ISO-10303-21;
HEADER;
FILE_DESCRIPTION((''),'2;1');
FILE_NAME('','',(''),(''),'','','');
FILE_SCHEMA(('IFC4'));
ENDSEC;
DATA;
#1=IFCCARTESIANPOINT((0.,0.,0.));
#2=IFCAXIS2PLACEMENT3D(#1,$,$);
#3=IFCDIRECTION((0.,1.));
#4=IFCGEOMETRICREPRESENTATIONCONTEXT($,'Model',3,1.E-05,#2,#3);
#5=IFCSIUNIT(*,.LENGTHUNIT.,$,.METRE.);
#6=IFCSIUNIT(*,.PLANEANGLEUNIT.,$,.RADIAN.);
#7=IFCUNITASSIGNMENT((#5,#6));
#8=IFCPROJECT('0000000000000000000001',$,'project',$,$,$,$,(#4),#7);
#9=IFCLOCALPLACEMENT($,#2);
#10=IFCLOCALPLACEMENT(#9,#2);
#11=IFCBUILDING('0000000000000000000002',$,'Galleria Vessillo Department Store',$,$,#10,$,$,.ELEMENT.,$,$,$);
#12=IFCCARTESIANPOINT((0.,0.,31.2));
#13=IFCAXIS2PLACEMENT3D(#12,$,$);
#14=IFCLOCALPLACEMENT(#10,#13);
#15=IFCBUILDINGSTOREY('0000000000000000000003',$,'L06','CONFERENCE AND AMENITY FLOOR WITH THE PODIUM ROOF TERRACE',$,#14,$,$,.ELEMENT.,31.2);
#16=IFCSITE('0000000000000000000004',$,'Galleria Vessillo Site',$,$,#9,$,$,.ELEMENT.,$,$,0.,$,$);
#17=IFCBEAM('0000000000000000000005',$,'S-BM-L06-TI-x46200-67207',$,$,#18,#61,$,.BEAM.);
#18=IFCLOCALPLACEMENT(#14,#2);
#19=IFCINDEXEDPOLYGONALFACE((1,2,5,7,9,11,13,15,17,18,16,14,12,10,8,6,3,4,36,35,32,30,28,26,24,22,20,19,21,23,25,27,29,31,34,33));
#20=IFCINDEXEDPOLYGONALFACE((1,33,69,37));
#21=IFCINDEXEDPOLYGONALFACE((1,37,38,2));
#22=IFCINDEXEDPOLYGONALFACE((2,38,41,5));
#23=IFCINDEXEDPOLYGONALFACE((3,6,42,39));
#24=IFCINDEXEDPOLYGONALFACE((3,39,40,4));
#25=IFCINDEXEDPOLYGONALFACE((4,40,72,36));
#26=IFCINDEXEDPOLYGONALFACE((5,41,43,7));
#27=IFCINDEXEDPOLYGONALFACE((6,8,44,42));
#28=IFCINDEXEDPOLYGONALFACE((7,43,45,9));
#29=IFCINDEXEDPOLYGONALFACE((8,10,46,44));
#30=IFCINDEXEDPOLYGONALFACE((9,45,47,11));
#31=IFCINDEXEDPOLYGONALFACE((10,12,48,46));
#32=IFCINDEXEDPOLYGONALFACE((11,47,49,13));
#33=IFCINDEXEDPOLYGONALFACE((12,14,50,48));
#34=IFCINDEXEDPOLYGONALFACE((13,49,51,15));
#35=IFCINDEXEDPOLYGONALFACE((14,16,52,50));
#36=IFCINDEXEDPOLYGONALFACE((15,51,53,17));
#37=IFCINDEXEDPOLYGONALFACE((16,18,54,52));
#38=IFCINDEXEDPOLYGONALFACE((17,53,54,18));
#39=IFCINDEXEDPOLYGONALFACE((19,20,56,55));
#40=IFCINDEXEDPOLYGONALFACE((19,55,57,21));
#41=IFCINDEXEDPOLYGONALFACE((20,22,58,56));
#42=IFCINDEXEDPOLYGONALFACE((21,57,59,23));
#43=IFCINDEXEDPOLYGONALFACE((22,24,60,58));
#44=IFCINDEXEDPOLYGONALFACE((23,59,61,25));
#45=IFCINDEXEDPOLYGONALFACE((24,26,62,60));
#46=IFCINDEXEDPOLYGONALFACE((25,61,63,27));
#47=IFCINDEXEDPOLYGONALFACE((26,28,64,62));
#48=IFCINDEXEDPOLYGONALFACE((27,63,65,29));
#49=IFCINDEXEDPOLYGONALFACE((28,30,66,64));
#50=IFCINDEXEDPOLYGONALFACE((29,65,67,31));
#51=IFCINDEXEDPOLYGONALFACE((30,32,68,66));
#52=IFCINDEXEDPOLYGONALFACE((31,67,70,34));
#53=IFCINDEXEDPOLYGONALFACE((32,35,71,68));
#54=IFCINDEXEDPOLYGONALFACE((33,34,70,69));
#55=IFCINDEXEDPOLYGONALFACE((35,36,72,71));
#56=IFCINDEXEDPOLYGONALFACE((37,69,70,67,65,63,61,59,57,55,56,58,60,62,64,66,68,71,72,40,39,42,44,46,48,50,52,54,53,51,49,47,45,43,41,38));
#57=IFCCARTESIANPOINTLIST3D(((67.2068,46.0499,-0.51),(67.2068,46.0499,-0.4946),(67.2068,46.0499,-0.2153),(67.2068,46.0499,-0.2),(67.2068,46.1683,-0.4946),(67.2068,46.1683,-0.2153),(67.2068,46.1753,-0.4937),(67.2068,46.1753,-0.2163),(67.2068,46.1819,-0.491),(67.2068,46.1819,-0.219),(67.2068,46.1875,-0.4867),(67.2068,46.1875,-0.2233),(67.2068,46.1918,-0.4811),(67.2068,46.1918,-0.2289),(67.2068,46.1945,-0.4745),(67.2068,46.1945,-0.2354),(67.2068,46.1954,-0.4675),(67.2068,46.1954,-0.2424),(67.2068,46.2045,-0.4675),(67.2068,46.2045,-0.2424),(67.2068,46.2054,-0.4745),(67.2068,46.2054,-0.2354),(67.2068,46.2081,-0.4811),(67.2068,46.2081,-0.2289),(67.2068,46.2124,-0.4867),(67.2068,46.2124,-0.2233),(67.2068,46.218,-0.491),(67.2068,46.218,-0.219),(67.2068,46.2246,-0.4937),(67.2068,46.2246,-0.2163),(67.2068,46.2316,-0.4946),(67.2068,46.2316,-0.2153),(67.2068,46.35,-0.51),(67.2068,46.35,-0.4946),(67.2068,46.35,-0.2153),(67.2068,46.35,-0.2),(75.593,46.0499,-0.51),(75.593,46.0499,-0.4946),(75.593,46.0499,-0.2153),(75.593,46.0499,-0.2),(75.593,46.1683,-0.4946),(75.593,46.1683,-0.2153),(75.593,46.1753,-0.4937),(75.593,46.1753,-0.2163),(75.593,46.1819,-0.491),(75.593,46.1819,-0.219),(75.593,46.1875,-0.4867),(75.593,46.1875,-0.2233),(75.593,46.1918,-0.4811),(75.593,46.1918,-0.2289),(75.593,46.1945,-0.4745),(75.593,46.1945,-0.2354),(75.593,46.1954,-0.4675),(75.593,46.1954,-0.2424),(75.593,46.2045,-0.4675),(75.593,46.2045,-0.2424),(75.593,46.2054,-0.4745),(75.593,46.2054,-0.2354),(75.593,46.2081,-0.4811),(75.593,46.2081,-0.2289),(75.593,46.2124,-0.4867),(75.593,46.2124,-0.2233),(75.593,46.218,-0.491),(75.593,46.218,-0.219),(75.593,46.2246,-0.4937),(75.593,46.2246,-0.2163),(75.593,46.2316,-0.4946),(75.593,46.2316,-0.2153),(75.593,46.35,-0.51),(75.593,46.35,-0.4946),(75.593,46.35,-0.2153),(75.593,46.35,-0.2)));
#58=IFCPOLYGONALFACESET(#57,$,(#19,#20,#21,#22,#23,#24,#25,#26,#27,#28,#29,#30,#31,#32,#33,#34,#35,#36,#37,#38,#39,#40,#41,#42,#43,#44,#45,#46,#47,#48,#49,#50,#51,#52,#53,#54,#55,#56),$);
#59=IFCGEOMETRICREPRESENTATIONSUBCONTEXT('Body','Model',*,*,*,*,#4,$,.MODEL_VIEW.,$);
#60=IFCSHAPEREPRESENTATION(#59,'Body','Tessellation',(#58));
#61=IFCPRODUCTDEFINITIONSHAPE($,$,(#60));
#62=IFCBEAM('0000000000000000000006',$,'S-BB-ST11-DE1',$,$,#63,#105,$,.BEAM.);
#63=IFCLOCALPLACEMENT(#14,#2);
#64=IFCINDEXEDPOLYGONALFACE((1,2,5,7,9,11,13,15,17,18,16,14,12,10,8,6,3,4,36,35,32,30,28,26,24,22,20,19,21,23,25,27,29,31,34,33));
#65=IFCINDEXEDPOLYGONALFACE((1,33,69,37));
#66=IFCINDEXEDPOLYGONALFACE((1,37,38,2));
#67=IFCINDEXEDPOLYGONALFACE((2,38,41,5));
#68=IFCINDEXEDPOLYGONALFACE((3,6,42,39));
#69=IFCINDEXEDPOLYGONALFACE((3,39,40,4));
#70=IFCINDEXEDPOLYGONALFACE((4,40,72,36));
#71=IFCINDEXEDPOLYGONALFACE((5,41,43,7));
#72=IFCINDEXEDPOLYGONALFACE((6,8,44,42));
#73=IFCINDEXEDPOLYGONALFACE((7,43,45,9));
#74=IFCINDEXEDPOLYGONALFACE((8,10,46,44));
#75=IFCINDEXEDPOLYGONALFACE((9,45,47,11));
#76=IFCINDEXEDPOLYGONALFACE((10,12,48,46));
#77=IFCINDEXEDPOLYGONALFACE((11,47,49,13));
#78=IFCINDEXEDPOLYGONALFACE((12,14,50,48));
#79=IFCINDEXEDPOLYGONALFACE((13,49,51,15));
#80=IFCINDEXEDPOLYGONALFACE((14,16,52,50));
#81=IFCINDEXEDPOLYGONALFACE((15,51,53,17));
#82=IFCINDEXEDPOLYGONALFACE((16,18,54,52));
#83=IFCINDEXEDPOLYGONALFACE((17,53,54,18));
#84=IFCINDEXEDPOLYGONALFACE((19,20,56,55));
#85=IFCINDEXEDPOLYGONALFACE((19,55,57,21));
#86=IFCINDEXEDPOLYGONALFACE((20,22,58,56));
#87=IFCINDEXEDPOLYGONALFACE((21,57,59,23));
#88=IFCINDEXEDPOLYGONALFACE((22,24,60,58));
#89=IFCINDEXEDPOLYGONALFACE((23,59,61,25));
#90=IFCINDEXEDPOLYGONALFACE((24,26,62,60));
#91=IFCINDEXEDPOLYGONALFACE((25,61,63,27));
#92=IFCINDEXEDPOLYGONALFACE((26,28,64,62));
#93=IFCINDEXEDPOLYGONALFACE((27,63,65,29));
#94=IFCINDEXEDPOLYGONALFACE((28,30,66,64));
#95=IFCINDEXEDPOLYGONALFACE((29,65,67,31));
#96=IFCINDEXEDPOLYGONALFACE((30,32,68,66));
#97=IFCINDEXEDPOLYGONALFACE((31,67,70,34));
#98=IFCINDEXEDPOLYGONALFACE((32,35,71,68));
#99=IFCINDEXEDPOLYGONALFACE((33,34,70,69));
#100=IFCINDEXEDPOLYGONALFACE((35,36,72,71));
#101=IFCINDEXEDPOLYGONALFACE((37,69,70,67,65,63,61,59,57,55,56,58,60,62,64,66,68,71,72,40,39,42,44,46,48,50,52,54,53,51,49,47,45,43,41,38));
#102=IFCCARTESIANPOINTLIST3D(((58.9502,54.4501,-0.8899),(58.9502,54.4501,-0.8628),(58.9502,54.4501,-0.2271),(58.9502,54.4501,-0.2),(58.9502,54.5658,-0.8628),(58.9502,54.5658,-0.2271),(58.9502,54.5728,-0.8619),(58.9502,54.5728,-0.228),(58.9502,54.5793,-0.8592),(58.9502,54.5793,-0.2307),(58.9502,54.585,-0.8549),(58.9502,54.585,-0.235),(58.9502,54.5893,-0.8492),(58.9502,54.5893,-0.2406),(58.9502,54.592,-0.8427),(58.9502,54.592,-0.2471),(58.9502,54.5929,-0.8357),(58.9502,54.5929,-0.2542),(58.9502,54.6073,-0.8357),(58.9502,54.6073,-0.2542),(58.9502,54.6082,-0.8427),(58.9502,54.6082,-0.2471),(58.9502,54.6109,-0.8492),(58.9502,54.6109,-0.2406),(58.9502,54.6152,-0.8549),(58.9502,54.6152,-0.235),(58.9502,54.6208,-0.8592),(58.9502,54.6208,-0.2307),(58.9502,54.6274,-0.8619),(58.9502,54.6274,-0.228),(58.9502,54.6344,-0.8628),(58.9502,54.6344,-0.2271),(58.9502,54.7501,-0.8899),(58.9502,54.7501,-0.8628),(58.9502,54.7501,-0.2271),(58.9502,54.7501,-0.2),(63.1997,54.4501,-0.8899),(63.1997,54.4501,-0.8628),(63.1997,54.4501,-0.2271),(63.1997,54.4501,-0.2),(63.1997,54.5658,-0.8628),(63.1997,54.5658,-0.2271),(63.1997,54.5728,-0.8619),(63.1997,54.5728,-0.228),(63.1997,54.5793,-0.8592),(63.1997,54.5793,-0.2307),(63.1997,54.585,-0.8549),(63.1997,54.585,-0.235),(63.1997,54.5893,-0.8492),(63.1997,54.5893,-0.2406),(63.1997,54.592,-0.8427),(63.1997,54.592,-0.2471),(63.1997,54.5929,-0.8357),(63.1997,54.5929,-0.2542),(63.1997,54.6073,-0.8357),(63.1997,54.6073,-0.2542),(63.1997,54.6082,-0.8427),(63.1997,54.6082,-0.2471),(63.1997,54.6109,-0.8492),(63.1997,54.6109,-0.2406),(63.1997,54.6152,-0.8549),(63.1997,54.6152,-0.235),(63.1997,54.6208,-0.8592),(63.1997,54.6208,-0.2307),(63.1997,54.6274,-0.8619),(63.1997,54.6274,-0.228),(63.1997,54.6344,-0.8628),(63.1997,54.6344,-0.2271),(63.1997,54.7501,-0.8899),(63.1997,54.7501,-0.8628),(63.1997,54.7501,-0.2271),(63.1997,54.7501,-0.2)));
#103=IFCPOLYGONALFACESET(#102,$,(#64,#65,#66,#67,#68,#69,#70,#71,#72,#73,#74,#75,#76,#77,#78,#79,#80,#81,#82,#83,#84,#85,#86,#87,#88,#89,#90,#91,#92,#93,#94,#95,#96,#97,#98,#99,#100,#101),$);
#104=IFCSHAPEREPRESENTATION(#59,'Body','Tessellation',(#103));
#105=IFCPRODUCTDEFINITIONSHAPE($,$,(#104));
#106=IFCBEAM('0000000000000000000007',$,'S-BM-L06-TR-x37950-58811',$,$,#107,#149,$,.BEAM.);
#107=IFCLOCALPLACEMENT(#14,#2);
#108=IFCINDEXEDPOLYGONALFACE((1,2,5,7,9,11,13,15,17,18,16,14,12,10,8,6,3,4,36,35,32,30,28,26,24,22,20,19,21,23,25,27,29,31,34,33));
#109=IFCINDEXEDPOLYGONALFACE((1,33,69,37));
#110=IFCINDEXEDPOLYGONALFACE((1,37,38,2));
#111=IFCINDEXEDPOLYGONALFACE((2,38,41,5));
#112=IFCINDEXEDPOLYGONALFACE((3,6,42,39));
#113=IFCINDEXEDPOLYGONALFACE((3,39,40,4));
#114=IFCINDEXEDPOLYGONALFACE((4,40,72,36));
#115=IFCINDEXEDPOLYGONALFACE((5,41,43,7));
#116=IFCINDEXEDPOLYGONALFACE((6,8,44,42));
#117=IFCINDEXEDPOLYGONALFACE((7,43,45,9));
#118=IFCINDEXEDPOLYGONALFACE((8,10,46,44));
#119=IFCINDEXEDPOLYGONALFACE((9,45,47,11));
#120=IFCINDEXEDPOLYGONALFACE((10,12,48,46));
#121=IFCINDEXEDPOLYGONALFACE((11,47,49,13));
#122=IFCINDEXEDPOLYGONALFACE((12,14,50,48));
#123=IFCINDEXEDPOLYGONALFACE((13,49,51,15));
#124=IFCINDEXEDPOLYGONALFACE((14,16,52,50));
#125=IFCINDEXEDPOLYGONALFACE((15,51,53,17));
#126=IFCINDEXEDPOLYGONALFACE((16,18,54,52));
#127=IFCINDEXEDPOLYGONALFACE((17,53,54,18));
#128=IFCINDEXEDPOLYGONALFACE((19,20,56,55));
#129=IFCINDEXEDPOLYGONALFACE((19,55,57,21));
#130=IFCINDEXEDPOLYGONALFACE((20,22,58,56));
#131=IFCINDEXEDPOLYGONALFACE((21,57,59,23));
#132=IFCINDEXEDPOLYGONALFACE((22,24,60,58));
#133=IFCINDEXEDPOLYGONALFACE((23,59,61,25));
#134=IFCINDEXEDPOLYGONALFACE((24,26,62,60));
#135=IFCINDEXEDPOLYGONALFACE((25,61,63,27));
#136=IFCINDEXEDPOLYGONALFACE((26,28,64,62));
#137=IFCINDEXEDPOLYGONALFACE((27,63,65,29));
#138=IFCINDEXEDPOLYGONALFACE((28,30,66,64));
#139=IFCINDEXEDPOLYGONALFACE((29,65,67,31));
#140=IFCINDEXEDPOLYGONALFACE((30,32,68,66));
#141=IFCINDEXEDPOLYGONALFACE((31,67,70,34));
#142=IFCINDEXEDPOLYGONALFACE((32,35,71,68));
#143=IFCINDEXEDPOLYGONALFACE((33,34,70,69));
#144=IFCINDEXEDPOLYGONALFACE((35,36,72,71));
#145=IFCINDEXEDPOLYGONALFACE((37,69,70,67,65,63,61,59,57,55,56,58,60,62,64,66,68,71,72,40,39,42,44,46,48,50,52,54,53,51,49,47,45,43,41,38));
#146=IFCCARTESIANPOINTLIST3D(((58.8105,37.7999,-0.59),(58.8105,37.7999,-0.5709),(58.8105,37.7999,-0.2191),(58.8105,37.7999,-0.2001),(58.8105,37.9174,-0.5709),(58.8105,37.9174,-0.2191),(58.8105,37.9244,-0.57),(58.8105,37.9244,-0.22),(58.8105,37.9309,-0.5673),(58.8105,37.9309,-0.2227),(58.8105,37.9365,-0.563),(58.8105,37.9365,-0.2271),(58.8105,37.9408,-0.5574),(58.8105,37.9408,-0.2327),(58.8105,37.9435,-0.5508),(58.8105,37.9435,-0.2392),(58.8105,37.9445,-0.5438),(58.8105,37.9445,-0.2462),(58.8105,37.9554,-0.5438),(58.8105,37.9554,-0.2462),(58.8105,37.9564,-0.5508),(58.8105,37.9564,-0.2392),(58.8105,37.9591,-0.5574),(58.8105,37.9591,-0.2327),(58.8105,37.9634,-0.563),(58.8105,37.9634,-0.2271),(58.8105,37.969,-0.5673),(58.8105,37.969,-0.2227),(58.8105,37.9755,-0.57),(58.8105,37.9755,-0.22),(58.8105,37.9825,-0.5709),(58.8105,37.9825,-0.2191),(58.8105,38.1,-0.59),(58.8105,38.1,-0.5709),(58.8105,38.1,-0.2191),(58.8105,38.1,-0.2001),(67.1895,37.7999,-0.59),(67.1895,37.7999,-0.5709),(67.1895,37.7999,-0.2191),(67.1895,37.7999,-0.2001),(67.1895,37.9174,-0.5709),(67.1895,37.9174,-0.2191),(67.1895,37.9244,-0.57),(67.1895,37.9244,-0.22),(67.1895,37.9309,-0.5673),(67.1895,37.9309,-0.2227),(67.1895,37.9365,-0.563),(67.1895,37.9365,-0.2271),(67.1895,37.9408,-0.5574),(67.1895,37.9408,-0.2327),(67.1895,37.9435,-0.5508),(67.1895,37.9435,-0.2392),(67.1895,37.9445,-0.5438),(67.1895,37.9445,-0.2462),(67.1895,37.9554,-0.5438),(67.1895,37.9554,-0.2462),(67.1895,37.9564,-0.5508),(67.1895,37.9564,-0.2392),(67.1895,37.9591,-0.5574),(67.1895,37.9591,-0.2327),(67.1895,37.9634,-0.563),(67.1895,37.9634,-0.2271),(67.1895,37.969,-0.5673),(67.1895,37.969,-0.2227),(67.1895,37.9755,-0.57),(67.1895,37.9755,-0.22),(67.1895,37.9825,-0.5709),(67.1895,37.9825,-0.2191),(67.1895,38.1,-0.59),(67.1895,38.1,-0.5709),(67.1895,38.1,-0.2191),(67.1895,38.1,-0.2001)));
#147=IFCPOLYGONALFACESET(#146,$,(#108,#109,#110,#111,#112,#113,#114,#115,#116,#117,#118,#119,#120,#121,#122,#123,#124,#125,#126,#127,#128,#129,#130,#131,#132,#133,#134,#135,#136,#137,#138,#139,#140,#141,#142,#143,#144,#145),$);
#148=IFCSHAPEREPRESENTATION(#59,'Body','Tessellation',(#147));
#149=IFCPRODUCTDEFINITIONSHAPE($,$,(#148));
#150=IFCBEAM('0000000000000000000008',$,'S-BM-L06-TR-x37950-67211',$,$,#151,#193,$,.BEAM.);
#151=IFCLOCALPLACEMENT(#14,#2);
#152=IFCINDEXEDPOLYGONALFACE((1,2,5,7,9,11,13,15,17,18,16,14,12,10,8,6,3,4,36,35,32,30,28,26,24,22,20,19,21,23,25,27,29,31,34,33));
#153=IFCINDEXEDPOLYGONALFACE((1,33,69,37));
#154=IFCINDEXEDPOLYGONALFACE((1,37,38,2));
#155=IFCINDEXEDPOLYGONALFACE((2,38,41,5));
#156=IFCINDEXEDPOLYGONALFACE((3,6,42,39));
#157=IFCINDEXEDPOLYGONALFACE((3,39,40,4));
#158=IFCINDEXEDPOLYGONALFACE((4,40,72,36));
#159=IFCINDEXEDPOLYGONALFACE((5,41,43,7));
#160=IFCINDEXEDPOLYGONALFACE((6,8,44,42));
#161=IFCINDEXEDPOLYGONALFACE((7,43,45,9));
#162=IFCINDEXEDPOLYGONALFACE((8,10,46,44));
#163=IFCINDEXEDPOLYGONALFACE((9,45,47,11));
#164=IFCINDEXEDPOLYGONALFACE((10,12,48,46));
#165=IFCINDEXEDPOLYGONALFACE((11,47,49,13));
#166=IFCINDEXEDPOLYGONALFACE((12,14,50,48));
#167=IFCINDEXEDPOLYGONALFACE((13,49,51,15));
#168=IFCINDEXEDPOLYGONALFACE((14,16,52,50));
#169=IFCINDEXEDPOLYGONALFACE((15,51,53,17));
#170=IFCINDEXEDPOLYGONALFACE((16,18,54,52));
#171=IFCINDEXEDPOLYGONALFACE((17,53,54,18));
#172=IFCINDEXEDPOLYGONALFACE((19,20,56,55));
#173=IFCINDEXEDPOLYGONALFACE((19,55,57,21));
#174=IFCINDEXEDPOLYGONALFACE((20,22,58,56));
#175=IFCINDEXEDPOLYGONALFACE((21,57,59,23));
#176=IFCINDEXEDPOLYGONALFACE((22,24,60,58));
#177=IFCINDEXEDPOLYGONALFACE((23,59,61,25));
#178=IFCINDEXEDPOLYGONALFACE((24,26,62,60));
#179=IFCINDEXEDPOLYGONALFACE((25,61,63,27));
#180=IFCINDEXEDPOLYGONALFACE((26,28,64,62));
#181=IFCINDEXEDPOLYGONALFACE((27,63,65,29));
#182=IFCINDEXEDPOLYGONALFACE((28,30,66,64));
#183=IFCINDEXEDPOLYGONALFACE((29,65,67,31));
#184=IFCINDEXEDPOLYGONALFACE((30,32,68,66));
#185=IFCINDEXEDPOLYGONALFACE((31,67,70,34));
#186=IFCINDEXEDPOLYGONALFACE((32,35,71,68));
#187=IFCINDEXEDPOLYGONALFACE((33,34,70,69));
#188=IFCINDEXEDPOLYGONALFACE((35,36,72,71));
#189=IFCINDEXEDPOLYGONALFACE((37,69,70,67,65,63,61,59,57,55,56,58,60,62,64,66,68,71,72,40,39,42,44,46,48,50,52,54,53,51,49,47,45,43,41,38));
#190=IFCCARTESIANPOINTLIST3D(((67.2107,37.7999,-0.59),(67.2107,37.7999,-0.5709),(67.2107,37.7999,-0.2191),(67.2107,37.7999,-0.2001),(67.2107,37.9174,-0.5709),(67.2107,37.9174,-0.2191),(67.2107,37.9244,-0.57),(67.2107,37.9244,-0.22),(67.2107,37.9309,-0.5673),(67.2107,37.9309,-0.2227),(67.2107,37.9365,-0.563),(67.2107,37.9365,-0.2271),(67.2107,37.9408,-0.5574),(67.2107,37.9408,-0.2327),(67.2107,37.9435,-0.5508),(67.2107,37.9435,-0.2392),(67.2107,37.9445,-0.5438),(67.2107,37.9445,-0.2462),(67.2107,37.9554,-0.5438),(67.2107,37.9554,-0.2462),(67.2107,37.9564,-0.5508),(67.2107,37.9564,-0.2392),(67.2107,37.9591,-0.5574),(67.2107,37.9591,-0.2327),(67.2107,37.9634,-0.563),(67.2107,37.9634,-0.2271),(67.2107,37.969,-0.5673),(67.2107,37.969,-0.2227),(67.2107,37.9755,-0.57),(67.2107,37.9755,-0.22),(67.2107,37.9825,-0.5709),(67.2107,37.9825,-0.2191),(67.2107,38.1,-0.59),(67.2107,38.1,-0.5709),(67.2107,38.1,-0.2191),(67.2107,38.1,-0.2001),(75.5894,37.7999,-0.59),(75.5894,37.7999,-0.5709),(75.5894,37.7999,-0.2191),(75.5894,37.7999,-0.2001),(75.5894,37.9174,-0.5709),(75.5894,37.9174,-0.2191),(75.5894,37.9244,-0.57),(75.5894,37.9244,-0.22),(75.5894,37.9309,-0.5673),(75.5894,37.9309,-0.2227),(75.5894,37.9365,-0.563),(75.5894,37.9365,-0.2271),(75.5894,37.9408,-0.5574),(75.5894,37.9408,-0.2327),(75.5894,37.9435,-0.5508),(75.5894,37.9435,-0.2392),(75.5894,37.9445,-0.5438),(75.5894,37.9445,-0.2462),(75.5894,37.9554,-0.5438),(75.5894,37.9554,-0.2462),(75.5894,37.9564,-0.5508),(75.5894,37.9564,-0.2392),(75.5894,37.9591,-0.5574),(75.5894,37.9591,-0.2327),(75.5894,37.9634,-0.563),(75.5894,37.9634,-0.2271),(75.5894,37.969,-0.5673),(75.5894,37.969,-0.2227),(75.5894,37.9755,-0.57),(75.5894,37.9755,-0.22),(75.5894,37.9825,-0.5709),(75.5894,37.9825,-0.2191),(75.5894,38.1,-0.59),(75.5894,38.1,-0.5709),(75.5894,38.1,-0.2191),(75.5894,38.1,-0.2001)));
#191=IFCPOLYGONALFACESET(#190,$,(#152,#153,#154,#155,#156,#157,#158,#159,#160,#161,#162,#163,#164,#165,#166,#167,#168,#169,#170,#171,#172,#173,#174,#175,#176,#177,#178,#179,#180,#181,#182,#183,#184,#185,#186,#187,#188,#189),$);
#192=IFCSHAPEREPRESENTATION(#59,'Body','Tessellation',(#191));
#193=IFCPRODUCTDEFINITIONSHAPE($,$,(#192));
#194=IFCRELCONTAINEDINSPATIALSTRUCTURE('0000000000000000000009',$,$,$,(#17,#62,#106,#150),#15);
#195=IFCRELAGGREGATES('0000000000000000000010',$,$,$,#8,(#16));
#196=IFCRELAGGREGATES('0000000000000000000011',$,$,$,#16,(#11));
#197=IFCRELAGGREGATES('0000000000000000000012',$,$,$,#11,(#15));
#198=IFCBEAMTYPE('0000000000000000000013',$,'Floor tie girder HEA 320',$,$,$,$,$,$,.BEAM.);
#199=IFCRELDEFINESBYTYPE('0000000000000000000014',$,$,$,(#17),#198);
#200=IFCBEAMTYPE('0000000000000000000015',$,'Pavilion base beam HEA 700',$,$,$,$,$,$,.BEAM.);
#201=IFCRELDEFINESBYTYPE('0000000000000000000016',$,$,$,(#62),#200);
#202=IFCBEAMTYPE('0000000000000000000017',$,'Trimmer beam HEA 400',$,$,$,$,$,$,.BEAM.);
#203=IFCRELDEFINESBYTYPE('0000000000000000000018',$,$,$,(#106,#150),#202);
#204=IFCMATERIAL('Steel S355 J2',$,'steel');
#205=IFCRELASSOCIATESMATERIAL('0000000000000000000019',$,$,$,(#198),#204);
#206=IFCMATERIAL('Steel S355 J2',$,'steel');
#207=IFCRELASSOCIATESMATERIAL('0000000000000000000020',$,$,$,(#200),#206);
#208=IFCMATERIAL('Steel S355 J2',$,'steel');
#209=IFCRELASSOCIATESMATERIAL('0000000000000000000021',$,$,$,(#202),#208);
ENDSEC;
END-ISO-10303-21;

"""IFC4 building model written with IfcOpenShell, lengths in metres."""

from ifc_helpers import new_model, si_unit, direction, frame, origin, origin_2d, place, context, subcontext, project, spatial, i_section, extrude, material, material_profile, profile_set, type_object, element, save


model = new_model("IFC4")

# Units and contexts
model_context = context("Model", 3, precision=1e-05, world=origin(), true_north=direction((0.0, 1.0)))
body_context = subcontext(model_context, "Body", "Model", "MODEL_VIEW")
ifc_project = project(units=[si_unit("LENGTHUNIT", "METRE"), si_unit("PLANEANGLEUNIT", "RADIAN")], contexts=[model_context])

# Site, building, storey
site_placement = place(None, origin())
site = spatial("IfcSite", under=ifc_project, at=site_placement, Name="Galleria Vessillo Site", CompositionType="ELEMENT", RefElevation=0.0)
building_placement = place(site_placement, origin())
building = spatial("IfcBuilding", under=site, at=building_placement, Name="Galleria Vessillo Department Store", CompositionType="ELEMENT")
storey_placement = place(building_placement, frame((0.0, 0.0, 31.2)))
storey = spatial("IfcBuildingStorey", under=building, at=storey_placement, Name="L06", Description="CONFERENCE AND AMENITY FLOOR WITH THE PODIUM ROOF TERRACE", CompositionType="ELEMENT", Elevation=31.2)

# Beams
ifc_material_1 = material(Name="Steel S355 J2", Category="steel")
ifc_material_profile_1 = material_profile(ifc_material_1, i_section(OverallWidth=0.3, OverallDepth=0.3101, WebThickness=0.009, FlangeThickness=0.0154, FilletRadius=0.0271, at=origin_2d()), Name="HEA 320")
ifc_profile_set_1 = profile_set([ifc_material_profile_1], Name="Steel S355 J2")
beam_type_1 = type_object("IfcBeamType", Name="Floor tie girder HEA 320", PredefinedType="BEAM", material=ifc_profile_set_1)
for number, where, z_axis, x_axis, name in (
    (1, (67.2068, 46.2, -0.355), (1.0, 0.0, 0.0), (0.0, 1.0, 0.0), "S-BM-L06-TI-x46200-67207"),
):
    element("IfcBeam", number, at=place(storey_placement, frame(where, z_axis=z_axis, x_axis=x_axis)), inside=storey, type_object=beam_type_1, Name=name, PredefinedType="BEAM", context=body_context, shape_type="SweptSolid", body=[
        extrude(i_section(OverallWidth=0.3, OverallDepth=0.3101, WebThickness=0.009, FlangeThickness=0.0154, FilletRadius=0.0271, at=origin_2d()), origin(), (0.0, 0.0, 1.0), 8.3862),
    ])
ifc_material_2 = material(Name="Steel S355 J2", Category="steel")
ifc_material_profile_2 = material_profile(ifc_material_2, i_section(OverallWidth=0.3, OverallDepth=0.6899, WebThickness=0.0144, FlangeThickness=0.0271, FilletRadius=0.0271, at=origin_2d()), Name="HEA 700")
ifc_profile_set_2 = profile_set([ifc_material_profile_2], Name="Steel S355 J2")
beam_type_2 = type_object("IfcBeamType", Name="Pavilion base beam HEA 700", PredefinedType="BEAM", material=ifc_profile_set_2)
beam_1_placement = place(storey_placement, frame((58.9502, 54.6001, -0.5449), z_axis=(1.0, 0.0, 0.0), x_axis=(0.0, 1.0, 0.0)))
element("IfcBeam", 2, at=beam_1_placement, inside=storey, type_object=beam_type_2, Name="S-BB-ST11-DE1", PredefinedType="BEAM", context=body_context, shape_type="SweptSolid", body=[
    extrude(i_section(OverallWidth=0.3, OverallDepth=0.6899, WebThickness=0.0144, FlangeThickness=0.0271, FilletRadius=0.0271, at=origin_2d()), origin(), (0.0, 0.0, 1.0), 4.2495),
])
ifc_material_3 = material(Name="Steel S355 J2", Category="steel")
ifc_material_profile_3 = material_profile(ifc_material_3, i_section(OverallWidth=0.3, OverallDepth=0.3899, WebThickness=0.011, FlangeThickness=0.019, FilletRadius=0.0271, at=origin_2d()), Name="HEA 400")
ifc_profile_set_3 = profile_set([ifc_material_profile_3], Name="Steel S355 J2")
beam_type_3 = type_object("IfcBeamType", Name="Trimmer beam HEA 400", PredefinedType="BEAM", material=ifc_profile_set_3)
beam_2_placement = place(storey_placement, frame((58.8105, 37.95, -0.395), z_axis=(1.0, 0.0, 0.0), x_axis=(0.0, 1.0, 0.0)))
element("IfcBeam", 3, at=beam_2_placement, inside=storey, type_object=beam_type_3, Name="S-BM-L06-TR-x37950-58811", PredefinedType="BEAM", context=body_context, shape_type="SweptSolid", body=[
    extrude(i_section(OverallWidth=0.3, OverallDepth=0.3899, WebThickness=0.011, FlangeThickness=0.019, FilletRadius=0.0271, at=origin_2d()), origin(), (0.0, 0.0, 1.0), 8.3789),
])
beam_3_placement = place(storey_placement, frame((67.2107, 37.95, -0.395), z_axis=(1.0, 0.0, 0.0), x_axis=(0.0, 1.0, 0.0)))
element("IfcBeam", 4, at=beam_3_placement, inside=storey, type_object=beam_type_3, Name="S-BM-L06-TR-x37950-67211", PredefinedType="BEAM", context=body_context, shape_type="SweptSolid", body=[
    extrude(i_section(OverallWidth=0.3, OverallDepth=0.3899, WebThickness=0.011, FlangeThickness=0.019, FilletRadius=0.0271, at=origin_2d()), origin(), (0.0, 0.0, 1.0), 8.3787),
])

save(model, "model.ifc")
